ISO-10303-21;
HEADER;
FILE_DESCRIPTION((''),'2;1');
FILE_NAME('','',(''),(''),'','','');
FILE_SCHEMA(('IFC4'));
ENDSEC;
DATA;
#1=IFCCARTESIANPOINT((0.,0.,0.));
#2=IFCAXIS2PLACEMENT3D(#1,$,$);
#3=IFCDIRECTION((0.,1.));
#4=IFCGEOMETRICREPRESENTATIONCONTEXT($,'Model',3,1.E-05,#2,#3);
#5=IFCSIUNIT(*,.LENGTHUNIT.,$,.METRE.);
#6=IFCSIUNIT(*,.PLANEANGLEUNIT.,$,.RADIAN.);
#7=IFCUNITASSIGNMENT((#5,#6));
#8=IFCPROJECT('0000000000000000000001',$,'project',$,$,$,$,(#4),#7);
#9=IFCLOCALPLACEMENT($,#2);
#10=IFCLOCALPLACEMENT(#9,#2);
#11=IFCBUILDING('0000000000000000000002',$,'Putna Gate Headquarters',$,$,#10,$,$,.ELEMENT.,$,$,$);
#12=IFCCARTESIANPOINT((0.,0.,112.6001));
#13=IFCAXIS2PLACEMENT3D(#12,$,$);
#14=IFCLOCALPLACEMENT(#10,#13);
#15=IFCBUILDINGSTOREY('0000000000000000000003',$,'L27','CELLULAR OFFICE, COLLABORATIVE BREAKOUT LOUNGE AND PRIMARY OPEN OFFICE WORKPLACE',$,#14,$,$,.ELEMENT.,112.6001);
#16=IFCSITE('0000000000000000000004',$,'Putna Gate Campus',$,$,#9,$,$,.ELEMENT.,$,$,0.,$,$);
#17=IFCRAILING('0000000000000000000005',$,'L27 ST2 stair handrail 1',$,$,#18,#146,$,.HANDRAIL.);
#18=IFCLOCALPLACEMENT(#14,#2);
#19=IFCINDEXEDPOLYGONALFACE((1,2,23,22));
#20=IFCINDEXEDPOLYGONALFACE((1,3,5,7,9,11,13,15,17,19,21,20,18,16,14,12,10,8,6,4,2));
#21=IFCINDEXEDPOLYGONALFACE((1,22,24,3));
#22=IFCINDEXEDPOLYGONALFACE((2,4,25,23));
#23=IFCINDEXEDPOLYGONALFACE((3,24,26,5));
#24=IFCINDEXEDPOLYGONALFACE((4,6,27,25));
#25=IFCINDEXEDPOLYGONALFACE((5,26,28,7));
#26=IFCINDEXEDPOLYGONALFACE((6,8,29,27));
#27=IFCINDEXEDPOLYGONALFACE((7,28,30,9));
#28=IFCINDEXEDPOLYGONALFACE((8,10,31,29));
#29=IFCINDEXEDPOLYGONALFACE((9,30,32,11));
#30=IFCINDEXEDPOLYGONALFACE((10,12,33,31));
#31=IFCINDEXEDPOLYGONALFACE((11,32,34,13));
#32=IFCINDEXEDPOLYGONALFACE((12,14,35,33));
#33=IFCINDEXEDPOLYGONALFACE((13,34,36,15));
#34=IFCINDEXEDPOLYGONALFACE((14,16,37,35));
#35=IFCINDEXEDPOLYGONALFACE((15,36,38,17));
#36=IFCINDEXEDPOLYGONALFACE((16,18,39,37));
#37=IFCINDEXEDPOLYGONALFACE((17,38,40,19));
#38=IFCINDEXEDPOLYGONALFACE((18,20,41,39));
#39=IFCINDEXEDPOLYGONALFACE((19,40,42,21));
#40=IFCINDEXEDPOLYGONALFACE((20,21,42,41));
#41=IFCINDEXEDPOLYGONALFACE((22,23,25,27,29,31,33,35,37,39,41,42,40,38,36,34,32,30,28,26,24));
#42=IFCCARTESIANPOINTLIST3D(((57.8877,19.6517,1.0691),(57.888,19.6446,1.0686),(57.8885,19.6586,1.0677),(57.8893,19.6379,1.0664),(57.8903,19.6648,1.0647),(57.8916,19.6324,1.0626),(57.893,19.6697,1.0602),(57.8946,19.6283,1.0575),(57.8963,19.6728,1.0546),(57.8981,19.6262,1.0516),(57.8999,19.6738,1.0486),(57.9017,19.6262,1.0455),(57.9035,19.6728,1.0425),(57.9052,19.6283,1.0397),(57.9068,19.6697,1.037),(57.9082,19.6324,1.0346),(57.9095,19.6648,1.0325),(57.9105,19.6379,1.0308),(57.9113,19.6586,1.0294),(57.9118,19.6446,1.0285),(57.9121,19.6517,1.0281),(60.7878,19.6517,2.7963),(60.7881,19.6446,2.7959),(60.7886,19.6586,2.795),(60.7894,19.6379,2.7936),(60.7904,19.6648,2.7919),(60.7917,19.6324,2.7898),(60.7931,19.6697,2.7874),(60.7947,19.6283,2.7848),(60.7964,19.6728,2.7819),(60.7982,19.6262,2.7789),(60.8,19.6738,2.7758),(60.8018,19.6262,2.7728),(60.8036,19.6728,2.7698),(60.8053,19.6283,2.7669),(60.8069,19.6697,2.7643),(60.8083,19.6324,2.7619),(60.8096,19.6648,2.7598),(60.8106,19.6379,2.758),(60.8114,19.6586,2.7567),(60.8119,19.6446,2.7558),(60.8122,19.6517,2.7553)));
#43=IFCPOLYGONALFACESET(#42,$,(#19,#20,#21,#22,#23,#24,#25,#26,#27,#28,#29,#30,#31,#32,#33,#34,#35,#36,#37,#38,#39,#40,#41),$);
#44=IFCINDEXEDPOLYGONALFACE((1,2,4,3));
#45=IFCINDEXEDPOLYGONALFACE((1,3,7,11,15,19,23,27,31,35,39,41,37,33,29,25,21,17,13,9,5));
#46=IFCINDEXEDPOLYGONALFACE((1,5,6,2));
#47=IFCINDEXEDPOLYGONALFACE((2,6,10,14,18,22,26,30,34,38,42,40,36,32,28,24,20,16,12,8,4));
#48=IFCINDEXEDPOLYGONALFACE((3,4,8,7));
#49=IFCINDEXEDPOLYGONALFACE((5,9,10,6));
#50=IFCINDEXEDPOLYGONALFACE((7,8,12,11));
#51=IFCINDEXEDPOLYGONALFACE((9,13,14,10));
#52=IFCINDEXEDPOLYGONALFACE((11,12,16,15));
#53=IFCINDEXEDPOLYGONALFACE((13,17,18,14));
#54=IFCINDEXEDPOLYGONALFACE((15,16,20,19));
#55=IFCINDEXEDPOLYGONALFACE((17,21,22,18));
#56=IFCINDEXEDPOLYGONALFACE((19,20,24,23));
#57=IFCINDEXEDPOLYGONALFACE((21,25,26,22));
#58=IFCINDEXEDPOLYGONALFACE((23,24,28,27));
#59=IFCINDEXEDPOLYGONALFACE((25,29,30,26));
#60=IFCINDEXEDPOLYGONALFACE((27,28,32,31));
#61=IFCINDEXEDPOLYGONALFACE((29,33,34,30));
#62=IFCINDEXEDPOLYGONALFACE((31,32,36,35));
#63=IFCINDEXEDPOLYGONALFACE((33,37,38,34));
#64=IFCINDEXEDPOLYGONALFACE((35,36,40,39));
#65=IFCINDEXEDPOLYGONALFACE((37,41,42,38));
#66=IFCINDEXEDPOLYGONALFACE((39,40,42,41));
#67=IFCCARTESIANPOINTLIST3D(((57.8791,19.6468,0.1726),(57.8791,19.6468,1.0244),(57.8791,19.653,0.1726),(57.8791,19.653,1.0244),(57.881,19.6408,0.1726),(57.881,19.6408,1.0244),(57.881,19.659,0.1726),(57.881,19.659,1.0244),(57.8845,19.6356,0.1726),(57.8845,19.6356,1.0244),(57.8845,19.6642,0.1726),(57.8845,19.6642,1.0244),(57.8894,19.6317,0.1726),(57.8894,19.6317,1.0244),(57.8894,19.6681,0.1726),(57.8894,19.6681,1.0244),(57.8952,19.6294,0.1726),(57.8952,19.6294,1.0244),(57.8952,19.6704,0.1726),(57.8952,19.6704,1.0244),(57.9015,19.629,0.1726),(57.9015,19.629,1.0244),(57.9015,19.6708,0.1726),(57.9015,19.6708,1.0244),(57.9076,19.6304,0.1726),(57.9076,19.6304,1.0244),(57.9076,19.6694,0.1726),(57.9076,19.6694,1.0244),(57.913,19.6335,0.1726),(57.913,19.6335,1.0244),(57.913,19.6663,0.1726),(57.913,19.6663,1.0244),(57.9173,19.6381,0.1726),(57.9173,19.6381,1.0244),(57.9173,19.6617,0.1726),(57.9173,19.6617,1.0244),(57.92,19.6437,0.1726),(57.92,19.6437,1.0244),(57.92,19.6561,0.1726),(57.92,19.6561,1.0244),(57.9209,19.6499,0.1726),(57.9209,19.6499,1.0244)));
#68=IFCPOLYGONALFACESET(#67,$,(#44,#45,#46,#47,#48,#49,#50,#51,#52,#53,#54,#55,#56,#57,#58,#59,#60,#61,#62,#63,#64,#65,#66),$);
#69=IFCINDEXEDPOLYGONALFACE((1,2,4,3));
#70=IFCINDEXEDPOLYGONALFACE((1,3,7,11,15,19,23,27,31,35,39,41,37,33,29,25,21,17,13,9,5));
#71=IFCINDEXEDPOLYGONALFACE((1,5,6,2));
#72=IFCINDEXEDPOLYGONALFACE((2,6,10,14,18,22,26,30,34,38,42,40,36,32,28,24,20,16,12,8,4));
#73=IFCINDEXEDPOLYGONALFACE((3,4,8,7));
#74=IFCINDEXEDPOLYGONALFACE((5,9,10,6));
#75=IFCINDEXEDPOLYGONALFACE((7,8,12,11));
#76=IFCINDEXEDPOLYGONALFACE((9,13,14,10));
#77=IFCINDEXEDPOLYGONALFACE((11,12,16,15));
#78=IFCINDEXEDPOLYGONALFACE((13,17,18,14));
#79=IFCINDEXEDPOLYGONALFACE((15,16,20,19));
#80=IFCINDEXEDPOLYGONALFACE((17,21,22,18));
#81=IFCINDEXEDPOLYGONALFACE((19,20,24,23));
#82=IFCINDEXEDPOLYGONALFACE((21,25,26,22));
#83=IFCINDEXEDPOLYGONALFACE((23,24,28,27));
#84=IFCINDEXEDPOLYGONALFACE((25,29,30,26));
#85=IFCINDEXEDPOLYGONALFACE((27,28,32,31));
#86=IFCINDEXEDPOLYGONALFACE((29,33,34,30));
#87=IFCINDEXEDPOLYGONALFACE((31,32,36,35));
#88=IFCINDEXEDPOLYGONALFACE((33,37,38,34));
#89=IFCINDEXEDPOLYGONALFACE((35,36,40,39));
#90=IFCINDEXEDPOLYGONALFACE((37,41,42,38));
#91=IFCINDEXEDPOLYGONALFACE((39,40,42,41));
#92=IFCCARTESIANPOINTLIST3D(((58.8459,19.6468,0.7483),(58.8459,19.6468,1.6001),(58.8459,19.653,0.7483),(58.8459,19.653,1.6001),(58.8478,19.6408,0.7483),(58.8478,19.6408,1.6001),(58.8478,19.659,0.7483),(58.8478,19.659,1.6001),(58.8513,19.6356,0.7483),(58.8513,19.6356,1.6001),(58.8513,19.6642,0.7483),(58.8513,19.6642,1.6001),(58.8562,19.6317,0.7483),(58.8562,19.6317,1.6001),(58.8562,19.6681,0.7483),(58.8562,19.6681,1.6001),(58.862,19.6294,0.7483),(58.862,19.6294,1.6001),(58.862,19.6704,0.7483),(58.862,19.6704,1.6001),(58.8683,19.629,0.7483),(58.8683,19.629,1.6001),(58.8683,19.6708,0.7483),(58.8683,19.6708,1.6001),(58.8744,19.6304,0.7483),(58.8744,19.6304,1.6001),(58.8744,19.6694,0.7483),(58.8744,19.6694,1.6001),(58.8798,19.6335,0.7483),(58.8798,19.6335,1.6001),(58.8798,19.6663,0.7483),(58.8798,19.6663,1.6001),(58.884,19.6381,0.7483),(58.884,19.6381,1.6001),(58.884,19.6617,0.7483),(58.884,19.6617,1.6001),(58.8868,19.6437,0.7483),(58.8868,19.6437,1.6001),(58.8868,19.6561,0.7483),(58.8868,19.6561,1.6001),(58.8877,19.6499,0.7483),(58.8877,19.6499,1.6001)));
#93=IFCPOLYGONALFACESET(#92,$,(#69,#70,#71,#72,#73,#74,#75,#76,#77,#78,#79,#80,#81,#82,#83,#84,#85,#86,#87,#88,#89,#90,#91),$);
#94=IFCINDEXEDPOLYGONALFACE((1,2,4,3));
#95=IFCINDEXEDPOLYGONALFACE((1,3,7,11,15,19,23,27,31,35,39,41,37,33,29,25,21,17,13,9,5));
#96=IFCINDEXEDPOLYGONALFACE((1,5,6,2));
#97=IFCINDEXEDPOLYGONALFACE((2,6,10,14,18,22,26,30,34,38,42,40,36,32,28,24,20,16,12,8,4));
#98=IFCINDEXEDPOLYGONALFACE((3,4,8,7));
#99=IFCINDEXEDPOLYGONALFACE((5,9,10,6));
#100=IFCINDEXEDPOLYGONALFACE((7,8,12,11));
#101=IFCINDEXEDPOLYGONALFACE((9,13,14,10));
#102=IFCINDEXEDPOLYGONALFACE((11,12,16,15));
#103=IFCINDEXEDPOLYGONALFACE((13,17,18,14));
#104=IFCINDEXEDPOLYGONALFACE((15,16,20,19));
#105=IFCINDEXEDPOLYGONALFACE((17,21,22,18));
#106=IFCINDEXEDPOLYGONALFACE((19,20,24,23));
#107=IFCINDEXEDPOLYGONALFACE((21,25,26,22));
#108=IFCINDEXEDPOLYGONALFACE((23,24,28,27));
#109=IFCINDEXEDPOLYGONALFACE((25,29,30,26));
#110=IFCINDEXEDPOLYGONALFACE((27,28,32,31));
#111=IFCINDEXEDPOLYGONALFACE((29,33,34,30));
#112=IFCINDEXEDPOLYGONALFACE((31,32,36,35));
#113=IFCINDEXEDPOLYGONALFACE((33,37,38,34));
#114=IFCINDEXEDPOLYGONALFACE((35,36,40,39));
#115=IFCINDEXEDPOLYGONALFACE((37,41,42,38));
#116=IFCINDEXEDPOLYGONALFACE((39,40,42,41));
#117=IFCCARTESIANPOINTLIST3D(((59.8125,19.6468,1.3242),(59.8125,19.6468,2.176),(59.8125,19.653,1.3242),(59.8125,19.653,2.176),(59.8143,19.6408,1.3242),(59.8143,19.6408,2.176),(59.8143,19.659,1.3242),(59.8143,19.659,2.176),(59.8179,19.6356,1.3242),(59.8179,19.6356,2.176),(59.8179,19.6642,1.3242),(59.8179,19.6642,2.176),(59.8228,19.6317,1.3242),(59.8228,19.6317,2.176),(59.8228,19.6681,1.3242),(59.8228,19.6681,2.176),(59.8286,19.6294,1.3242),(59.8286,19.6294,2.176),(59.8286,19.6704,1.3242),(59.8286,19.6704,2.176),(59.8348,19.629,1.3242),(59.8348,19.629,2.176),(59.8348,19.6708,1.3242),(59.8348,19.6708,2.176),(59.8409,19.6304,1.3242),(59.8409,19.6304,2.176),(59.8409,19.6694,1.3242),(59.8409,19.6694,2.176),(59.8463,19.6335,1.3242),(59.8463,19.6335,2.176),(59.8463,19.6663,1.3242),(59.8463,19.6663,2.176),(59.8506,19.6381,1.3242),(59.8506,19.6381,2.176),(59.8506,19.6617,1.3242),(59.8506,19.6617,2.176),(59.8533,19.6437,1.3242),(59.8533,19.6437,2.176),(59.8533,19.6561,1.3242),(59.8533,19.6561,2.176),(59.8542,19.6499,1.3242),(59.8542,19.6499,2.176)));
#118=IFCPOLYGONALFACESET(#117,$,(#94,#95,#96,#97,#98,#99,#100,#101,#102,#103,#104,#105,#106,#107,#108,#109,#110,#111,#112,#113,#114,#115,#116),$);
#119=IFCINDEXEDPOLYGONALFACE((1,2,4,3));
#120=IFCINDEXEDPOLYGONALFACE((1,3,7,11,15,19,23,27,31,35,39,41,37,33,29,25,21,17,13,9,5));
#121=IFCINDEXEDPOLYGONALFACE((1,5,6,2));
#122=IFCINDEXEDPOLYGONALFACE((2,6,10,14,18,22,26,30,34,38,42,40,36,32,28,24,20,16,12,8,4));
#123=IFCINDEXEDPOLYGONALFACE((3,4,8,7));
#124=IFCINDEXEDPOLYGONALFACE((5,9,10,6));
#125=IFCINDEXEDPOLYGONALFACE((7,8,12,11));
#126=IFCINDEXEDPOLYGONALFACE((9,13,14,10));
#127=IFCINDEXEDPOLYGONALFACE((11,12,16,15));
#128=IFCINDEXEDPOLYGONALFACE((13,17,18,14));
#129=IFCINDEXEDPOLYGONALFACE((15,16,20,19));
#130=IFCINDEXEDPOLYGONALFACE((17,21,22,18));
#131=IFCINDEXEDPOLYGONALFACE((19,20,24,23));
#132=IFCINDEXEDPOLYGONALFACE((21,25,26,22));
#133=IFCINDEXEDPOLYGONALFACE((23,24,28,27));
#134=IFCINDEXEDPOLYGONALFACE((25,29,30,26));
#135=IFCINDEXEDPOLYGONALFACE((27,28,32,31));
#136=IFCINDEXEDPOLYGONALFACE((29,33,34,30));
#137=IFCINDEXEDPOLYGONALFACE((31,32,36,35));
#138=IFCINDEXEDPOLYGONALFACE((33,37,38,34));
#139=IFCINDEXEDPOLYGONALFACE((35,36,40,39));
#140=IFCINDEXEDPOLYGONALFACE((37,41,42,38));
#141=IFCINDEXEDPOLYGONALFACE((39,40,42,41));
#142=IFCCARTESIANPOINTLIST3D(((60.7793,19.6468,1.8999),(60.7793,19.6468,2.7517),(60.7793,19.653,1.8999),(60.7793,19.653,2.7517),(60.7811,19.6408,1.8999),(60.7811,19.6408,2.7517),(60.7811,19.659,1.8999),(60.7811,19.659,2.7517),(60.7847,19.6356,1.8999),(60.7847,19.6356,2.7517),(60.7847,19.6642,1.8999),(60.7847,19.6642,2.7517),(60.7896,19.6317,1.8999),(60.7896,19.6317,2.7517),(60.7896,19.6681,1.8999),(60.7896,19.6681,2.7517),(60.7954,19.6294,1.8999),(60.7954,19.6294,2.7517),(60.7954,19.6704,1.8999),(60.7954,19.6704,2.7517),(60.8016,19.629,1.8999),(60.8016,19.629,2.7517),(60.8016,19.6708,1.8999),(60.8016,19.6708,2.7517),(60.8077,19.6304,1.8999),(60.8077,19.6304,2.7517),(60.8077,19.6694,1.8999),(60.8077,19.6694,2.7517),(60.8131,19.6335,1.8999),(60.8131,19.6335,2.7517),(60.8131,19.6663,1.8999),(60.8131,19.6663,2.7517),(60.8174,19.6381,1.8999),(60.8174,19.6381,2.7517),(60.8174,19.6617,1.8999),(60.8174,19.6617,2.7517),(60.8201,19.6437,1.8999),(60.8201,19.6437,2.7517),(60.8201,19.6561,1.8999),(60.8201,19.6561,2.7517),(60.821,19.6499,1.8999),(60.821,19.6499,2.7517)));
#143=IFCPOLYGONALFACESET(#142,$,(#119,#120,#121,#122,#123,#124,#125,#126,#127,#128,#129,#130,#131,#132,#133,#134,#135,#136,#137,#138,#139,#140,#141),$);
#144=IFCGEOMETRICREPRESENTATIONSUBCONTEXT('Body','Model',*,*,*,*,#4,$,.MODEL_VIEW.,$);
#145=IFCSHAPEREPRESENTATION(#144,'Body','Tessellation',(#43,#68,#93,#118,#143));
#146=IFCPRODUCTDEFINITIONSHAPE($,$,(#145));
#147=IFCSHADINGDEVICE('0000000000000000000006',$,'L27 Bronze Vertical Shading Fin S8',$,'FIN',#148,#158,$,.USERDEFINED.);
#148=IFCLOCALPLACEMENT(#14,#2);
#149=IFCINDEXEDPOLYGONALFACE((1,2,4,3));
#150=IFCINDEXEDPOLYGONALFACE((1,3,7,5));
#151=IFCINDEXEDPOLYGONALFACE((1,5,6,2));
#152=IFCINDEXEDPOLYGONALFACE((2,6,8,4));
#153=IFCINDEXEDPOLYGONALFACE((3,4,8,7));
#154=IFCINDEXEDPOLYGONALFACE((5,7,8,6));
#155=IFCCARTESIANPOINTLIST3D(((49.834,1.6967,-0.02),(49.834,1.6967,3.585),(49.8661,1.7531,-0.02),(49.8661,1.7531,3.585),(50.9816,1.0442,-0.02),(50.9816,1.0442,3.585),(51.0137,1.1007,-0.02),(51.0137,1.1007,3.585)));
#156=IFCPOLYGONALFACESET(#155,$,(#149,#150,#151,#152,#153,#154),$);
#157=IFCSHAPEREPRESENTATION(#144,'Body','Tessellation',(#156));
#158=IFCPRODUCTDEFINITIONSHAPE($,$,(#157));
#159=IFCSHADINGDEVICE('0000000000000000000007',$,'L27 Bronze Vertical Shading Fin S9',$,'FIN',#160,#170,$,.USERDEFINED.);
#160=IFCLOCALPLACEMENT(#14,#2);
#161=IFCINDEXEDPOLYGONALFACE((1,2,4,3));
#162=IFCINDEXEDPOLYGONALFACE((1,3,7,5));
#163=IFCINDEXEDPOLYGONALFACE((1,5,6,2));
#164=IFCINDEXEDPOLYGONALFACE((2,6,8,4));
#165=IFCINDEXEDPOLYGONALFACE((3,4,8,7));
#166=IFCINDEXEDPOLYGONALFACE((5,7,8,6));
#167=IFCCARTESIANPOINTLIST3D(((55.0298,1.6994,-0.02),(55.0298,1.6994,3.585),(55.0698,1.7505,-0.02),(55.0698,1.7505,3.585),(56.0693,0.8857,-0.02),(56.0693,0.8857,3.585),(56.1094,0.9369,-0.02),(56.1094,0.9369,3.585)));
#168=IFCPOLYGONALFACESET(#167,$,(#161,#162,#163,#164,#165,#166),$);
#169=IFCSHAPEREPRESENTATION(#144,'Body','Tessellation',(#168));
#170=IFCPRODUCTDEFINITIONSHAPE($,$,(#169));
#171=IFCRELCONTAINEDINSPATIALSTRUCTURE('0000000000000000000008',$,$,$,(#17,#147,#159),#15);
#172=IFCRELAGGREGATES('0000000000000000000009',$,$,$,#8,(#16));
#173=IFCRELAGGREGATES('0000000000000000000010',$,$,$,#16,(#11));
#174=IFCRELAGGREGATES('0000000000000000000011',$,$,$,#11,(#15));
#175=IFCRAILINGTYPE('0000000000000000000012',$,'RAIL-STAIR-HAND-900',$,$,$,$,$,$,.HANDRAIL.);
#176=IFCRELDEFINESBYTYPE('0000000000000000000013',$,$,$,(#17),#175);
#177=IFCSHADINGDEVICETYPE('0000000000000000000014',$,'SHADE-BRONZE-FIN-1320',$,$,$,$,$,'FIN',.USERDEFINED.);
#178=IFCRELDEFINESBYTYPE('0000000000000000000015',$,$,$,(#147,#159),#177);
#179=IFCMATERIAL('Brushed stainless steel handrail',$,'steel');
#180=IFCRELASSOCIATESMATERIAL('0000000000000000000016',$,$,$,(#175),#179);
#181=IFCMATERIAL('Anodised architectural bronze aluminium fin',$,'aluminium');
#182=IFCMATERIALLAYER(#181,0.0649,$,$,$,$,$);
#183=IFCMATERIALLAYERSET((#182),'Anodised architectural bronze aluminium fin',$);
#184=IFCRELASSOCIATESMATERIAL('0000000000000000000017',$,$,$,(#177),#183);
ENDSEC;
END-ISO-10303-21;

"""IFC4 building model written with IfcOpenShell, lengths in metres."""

from ifc_helpers import new_model, si_unit, direction, frame, origin, origin_2d, place, context, subcontext, project, spatial, rectangle, circle, extrude, material, layer, layer_set, type_object, element, save


model = new_model("IFC4")

# Units and contexts
model_context = context("Model", 3, precision=1e-05, world=origin(), true_north=direction((0.0, 1.0)))
body_context = subcontext(model_context, "Body", "Model", "MODEL_VIEW")
ifc_project = project(units=[si_unit("LENGTHUNIT", "METRE"), si_unit("PLANEANGLEUNIT", "RADIAN")], contexts=[model_context])

# Site, building, storey
site_placement = place(None, origin())
site = spatial("IfcSite", under=ifc_project, at=site_placement, Name="Putna Gate Campus", CompositionType="ELEMENT", RefElevation=0.0)
building_placement = place(site_placement, origin())
building = spatial("IfcBuilding", under=site, at=building_placement, Name="Putna Gate Headquarters", CompositionType="ELEMENT")
storey_placement = place(building_placement, frame((0.0, 0.0, 112.6001)))
storey = spatial("IfcBuildingStorey", under=building, at=storey_placement, Name="L27", Description="CELLULAR OFFICE, COLLABORATIVE BREAKOUT LOUNGE AND PRIMARY OPEN OFFICE WORKPLACE", CompositionType="ELEMENT", Elevation=112.6001)

# Railing
ifc_material_1 = material(Name="Brushed stainless steel handrail", Category="steel")
railing_type_1 = type_object("IfcRailingType", Name="RAIL-STAIR-HAND-900", PredefinedType="HANDRAIL", material=ifc_material_1)
railing_1_placement = place(storey_placement, frame((57.8999, 19.6499, 0.1726)))
element("IfcRailing", 1, at=railing_1_placement, inside=storey, type_object=railing_type_1, Name="L27 ST2 stair handrail 1", PredefinedType="HANDRAIL", context=body_context, shape_type="SweptSolid", body=[
    extrude(circle(Radius=0.0239, at=origin_2d()), frame((0.0, 0.0, 0.876), z_axis=(0.85916, 0.0, 0.511706), x_axis=(0.0, 1.0, 0.0)), (0.0, 0.0, 1.0), 3.3755),
    extrude(circle(Radius=0.021, at=origin_2d()), origin(), (0.0, 0.0, 1.0), 0.8518),
    extrude(circle(Radius=0.021, at=origin_2d()), frame((0.9668, 0.0, 0.5757)), (0.0, 0.0, 1.0), 0.8518),
    extrude(circle(Radius=0.021, at=origin_2d()), frame((1.9333, 0.0, 1.1516)), (0.0, 0.0, 1.0), 0.8518),
    extrude(circle(Radius=0.021, at=origin_2d()), frame((2.9001, 0.0, 1.7273)), (0.0, 0.0, 1.0), 0.8518),
])

# Shading devices
ifc_material_2 = material(Name="Anodised architectural bronze aluminium fin", Category="aluminium")
ifc_layer_1 = layer(ifc_material_2, 0.0649)
ifc_layer_set_1 = layer_set([ifc_layer_1], Name="Anodised architectural bronze aluminium fin")
shading_device_type = type_object("IfcShadingDeviceType", Name="SHADE-BRONZE-FIN-1320", ElementType="FIN", PredefinedType="USERDEFINED", material=ifc_layer_set_1)
for number, where, z_axis, x_axis, name in (
    (2, (50.4238, 1.3987, -0.02), (0.0, 0.0, 1.0), (0.869322, -0.494245, 0.0), "L27 Bronze Vertical Shading Fin S8"),
    (3, (55.5696, 1.3181, -0.02), (0.0, 0.0, 1.0), (0.787473, -0.616349, 0.0), "L27 Bronze Vertical Shading Fin S9"),
):
    element("IfcShadingDevice", number, at=place(storey_placement, frame(where, z_axis=z_axis, x_axis=x_axis)), inside=storey, type_object=shading_device_type, Name=name, ObjectType="FIN", PredefinedType="USERDEFINED", context=body_context, shape_type="SweptSolid", body=[
        extrude(rectangle(XDim=1.3201, YDim=0.0649, at=origin_2d()), origin(), (0.0, 0.0, 1.0), 3.605),
    ])

save(model, "model.ifc")
